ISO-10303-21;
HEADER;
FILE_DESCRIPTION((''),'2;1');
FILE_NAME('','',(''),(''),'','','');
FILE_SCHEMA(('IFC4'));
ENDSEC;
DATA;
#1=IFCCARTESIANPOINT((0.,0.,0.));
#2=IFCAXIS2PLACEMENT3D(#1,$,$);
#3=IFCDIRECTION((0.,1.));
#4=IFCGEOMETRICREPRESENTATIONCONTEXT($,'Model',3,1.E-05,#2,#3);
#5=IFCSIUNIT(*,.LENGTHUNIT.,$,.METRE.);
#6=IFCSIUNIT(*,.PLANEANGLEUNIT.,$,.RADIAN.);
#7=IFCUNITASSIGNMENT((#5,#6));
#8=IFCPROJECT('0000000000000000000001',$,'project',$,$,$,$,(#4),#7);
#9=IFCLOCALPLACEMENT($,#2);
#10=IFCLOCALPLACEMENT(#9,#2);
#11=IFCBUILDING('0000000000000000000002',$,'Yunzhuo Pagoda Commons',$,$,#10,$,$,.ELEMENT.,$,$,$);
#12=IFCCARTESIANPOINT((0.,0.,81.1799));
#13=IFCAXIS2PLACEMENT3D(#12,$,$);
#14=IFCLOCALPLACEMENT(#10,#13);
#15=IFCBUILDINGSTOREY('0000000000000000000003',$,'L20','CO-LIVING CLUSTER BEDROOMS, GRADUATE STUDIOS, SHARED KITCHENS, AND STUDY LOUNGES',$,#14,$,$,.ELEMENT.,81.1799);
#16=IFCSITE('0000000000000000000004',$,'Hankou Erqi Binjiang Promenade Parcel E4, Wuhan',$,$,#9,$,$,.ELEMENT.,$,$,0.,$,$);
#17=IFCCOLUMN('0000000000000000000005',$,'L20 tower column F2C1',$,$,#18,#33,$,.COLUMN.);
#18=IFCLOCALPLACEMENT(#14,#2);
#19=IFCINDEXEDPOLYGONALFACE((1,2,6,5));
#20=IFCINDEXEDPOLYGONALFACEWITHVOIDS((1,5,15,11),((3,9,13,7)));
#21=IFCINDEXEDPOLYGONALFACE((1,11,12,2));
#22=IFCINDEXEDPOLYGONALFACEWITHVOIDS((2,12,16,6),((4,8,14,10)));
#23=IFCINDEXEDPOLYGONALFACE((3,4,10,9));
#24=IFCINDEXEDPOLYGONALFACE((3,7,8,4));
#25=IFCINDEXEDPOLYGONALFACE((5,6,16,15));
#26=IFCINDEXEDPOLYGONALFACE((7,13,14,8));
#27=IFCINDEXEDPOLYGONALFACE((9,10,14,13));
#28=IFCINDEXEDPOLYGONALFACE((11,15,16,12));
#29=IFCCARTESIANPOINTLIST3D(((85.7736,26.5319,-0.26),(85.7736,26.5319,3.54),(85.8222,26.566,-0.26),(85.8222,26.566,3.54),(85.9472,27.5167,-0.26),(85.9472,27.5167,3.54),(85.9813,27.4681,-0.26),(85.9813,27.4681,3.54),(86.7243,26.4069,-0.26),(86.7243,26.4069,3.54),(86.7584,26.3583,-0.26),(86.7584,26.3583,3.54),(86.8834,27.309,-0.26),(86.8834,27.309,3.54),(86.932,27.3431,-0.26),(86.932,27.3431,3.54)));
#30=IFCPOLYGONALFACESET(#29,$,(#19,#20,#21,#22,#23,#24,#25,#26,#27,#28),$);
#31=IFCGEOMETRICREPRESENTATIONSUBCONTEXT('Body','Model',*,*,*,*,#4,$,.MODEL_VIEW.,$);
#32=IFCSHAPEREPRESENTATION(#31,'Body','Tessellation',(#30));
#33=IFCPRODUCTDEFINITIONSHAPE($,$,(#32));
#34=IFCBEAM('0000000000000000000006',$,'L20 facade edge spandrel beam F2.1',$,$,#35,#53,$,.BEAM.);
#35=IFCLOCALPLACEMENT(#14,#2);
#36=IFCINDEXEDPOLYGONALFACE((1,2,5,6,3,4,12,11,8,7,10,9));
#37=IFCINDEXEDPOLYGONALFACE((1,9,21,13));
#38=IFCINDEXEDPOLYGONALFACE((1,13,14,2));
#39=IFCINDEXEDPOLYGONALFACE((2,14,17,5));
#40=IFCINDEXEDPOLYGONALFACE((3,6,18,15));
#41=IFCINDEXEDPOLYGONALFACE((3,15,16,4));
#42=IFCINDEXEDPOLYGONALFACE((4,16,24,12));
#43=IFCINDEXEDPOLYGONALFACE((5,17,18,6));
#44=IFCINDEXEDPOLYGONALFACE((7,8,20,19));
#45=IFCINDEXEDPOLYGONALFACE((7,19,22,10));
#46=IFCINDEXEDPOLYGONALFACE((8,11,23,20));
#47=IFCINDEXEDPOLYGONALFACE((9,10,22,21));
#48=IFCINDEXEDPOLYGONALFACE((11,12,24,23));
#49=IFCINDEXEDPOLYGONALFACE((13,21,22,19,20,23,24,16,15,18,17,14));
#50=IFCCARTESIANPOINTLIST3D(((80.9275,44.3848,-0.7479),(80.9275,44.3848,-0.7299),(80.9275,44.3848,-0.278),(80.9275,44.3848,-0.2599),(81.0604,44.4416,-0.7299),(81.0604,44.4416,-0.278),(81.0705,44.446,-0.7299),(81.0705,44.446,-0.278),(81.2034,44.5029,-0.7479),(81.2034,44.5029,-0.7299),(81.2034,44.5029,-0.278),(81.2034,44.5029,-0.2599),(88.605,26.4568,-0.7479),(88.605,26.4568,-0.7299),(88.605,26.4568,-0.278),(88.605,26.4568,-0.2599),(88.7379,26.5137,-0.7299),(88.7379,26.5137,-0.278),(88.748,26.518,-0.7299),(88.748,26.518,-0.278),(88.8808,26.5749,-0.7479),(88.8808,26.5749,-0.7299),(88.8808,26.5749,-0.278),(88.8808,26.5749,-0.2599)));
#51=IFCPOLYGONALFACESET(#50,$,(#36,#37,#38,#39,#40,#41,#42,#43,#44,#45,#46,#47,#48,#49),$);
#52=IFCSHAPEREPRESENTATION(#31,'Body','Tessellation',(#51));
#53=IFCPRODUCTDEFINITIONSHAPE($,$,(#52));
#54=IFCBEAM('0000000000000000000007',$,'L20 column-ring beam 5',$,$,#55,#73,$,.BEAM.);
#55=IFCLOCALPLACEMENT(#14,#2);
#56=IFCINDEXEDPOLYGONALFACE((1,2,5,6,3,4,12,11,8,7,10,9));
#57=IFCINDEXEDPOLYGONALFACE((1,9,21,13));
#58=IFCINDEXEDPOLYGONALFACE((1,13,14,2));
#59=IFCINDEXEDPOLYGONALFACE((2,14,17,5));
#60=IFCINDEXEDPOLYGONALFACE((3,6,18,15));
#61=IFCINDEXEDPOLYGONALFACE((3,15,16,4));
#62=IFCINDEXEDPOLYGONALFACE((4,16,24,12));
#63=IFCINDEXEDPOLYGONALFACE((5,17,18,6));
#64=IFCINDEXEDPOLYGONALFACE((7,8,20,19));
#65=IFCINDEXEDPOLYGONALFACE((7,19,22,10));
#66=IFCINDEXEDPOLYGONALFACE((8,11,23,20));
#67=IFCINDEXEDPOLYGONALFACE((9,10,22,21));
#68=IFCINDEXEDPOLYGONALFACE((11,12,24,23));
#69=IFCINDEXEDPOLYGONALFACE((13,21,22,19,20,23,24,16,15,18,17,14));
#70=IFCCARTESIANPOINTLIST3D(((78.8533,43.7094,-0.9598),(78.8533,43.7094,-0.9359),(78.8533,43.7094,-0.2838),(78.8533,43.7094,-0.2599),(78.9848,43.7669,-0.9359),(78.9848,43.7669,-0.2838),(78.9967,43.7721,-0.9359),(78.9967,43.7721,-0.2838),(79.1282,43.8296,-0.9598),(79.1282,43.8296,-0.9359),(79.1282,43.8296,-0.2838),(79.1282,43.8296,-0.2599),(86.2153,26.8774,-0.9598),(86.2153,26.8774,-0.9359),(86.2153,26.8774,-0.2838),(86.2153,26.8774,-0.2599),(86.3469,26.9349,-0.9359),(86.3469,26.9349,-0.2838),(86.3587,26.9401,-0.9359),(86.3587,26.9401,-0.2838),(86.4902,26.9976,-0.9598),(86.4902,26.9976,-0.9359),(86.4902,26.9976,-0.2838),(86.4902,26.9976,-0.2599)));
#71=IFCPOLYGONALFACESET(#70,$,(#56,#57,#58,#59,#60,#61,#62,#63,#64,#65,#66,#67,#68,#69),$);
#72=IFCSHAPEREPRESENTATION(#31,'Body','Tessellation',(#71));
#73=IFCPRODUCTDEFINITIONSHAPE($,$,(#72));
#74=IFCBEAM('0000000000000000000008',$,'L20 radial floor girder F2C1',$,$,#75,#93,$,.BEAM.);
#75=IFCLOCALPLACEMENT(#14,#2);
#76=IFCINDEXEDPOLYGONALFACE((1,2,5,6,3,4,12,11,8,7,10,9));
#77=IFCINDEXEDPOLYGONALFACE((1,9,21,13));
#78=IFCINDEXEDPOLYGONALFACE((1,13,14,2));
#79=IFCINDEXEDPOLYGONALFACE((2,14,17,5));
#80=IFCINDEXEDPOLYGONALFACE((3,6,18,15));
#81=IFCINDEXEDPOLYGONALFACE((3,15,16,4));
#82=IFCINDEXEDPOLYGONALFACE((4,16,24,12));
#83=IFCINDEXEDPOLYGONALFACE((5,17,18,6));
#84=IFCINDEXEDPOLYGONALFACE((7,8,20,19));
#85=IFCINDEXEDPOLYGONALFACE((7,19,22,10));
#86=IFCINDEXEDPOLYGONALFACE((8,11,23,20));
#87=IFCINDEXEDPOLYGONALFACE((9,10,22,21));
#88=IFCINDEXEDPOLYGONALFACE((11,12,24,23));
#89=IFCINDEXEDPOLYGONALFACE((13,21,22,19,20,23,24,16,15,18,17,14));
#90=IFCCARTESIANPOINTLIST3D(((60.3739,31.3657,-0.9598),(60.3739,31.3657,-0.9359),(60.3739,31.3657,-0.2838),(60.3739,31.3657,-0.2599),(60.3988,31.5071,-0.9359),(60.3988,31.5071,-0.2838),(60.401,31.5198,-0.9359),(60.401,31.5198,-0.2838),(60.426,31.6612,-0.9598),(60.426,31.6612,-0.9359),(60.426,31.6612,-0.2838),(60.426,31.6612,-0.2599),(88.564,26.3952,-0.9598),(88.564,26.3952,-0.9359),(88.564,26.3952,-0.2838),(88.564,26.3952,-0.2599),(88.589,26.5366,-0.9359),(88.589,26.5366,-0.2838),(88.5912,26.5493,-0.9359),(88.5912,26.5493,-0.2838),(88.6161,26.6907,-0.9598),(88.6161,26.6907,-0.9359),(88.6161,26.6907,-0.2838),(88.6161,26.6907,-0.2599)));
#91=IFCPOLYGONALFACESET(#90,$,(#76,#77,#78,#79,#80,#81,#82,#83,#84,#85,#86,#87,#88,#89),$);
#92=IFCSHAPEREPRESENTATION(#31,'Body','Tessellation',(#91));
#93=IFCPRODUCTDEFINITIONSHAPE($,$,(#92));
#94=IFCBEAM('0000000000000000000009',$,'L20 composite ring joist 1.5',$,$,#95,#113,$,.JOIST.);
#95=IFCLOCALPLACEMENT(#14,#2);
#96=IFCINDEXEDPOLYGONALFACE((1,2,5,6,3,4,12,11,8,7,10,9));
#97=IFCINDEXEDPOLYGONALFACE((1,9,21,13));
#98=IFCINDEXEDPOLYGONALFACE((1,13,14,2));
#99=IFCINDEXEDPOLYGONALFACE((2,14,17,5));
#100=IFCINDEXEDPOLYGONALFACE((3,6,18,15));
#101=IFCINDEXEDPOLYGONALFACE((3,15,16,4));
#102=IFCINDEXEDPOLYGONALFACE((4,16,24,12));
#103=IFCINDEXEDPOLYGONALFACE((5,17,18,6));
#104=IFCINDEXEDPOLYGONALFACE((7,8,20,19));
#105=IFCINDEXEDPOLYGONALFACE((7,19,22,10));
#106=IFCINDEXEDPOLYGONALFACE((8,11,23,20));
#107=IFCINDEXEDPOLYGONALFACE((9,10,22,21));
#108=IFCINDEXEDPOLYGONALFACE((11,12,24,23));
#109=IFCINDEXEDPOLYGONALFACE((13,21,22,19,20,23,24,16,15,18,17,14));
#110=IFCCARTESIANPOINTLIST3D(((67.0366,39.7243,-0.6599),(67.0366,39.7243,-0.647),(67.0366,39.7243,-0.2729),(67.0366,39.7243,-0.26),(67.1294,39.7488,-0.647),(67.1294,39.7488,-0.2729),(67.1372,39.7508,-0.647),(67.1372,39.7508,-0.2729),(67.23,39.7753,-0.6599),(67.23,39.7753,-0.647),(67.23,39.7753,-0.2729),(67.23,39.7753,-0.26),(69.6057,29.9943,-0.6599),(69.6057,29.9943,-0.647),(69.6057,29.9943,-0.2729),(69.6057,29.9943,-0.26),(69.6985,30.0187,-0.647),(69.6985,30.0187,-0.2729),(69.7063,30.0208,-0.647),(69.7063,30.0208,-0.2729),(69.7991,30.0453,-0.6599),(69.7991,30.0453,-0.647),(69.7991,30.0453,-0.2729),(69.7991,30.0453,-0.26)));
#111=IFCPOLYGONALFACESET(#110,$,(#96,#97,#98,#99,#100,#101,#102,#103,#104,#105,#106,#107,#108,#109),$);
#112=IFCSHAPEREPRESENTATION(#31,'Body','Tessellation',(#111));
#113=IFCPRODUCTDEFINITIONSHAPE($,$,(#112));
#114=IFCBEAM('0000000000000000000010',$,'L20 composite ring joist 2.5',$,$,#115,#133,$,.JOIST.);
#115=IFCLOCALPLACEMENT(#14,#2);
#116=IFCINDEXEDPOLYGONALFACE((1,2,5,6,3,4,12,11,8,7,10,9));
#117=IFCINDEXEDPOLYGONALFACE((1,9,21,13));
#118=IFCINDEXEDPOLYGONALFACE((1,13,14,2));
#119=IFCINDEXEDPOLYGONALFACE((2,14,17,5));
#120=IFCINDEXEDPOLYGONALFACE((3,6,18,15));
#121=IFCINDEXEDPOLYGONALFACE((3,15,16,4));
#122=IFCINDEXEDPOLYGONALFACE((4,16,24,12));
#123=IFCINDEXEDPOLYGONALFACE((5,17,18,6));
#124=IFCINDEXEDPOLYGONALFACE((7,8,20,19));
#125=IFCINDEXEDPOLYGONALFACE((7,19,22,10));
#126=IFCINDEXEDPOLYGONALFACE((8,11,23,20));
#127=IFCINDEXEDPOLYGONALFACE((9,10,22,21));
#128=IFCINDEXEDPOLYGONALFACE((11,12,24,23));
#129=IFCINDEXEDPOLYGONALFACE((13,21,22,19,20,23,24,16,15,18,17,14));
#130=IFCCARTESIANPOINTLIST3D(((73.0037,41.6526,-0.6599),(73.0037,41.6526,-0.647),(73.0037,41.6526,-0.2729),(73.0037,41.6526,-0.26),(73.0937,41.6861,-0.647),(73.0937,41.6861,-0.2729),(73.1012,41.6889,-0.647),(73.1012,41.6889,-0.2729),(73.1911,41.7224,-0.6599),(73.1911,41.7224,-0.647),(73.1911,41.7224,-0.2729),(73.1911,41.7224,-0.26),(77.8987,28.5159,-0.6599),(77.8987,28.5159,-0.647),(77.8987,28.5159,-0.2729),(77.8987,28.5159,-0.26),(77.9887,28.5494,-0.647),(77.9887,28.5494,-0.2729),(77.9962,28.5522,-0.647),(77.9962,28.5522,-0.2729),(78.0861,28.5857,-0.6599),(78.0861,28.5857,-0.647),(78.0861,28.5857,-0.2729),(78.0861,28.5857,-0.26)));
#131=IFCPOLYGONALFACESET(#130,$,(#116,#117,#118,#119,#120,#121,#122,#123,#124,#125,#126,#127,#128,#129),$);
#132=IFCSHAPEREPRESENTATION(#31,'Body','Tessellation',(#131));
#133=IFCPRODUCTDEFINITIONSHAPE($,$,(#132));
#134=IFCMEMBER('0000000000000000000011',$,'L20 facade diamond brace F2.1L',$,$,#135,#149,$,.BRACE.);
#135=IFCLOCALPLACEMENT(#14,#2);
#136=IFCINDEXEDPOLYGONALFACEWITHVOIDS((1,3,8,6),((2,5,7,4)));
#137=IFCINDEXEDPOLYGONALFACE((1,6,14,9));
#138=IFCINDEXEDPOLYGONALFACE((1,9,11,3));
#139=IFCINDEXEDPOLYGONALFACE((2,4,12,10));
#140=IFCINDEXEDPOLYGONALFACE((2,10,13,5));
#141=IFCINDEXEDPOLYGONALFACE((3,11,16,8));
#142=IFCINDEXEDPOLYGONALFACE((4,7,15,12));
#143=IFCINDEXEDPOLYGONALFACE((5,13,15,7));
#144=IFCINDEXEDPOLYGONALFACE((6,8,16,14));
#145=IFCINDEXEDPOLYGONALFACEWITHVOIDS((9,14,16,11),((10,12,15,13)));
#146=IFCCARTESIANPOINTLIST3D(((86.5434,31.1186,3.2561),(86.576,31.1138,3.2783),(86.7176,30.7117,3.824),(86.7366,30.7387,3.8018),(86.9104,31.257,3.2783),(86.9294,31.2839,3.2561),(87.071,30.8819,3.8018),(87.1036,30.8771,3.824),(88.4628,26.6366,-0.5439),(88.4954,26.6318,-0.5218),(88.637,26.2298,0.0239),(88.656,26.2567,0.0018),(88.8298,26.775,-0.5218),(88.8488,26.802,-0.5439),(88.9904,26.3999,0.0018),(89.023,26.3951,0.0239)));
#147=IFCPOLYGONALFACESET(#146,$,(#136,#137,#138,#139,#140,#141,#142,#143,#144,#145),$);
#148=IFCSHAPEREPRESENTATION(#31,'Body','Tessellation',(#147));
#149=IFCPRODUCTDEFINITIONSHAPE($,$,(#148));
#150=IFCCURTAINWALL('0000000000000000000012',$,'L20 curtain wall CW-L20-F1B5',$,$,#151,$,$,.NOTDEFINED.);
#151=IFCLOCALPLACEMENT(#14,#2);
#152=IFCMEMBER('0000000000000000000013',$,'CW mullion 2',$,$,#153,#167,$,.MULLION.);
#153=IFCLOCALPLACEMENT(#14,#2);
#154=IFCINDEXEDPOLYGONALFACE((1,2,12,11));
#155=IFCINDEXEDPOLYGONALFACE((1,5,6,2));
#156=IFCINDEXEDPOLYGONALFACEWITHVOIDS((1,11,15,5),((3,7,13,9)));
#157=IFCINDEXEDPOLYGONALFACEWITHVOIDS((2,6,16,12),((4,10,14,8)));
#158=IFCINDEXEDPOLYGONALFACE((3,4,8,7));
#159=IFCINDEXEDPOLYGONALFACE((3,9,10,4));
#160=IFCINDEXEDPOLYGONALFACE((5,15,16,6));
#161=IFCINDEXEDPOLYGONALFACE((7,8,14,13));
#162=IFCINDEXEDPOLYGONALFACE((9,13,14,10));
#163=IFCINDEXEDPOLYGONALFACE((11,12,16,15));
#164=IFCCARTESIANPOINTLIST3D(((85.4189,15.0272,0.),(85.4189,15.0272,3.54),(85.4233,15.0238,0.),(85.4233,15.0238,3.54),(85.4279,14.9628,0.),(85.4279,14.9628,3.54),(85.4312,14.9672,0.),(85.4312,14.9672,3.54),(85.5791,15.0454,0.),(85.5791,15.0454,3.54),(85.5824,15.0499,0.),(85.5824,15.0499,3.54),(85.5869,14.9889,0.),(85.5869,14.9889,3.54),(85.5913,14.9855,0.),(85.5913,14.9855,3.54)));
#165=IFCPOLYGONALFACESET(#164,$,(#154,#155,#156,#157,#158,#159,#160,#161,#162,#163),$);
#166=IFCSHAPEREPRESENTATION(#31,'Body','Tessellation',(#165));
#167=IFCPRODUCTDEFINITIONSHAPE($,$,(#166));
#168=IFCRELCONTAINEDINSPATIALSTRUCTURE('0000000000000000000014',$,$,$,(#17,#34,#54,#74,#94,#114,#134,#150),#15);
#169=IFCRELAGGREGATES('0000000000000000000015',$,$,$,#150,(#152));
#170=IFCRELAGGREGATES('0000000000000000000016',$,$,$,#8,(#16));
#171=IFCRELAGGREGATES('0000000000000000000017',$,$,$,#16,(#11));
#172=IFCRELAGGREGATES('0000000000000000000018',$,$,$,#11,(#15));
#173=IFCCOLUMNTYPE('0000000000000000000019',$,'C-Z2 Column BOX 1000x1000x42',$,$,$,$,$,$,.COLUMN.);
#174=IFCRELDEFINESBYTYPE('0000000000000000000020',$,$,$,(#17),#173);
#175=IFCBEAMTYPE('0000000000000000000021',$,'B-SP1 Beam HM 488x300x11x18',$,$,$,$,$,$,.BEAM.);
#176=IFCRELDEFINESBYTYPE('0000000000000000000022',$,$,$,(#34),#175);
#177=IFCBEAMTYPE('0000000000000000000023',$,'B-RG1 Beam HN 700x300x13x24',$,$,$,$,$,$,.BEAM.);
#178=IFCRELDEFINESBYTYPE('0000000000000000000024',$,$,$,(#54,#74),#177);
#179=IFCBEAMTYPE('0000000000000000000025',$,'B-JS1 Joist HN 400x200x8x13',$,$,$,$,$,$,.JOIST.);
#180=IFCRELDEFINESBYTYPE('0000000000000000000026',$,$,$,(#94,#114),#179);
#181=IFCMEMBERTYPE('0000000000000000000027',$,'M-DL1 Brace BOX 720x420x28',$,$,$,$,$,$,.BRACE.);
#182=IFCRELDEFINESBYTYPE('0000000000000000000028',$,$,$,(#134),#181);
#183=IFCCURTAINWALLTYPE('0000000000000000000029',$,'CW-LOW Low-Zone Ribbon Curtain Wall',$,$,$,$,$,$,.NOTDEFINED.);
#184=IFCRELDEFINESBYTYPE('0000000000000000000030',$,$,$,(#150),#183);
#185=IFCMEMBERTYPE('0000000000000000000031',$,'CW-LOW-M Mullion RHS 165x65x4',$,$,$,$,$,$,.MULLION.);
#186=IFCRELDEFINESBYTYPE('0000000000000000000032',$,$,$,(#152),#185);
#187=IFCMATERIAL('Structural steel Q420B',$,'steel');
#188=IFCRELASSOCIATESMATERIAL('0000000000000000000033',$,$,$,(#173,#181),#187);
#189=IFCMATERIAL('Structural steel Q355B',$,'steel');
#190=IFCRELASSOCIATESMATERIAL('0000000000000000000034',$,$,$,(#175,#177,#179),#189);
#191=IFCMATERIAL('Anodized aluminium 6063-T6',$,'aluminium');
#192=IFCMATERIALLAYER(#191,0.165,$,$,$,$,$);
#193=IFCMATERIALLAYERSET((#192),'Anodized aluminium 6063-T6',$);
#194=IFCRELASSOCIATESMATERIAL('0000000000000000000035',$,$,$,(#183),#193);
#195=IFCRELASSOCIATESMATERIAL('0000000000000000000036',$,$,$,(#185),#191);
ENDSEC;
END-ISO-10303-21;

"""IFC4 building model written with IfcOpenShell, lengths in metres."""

from ifc_helpers import new_model, si_unit, direction, frame, origin, origin_2d, place, context, subcontext, project, spatial, hollow_rectangle, i_section, extrude, source, transform, mapped, material, layer, layer_set, material_profile, profile_set, type_object, element, aggregate, save


model = new_model("IFC4")

# Units and contexts
model_context = context("Model", 3, precision=1e-05, world=origin(), true_north=direction((0.0, 1.0)))
body_context = subcontext(model_context, "Body", "Model", "MODEL_VIEW")
ifc_project = project(units=[si_unit("LENGTHUNIT", "METRE"), si_unit("PLANEANGLEUNIT", "RADIAN")], contexts=[model_context])

# Site, building, storey
site_placement = place(None, origin())
site = spatial("IfcSite", under=ifc_project, at=site_placement, Name="Hankou Erqi Binjiang Promenade Parcel E4, Wuhan", CompositionType="ELEMENT", RefElevation=0.0)
building_placement = place(site_placement, origin())
building = spatial("IfcBuilding", under=site, at=building_placement, Name="Yunzhuo Pagoda Commons", CompositionType="ELEMENT")
storey_placement = place(building_placement, frame((0.0, 0.0, 81.1799)))
storey = spatial("IfcBuildingStorey", under=building, at=storey_placement, Name="L20", Description="CO-LIVING CLUSTER BEDROOMS, GRADUATE STUDIOS, SHARED KITCHENS, AND STUDY LOUNGES", CompositionType="ELEMENT", Elevation=81.1799)

# Column
ifc_material_1 = material(Name="Structural steel Q420B", Category="steel")
ifc_material_profile_1 = material_profile(ifc_material_1, hollow_rectangle(XDim=1.0, YDim=1.0, WallThickness=0.042, at=origin_2d()), Name="Structural steel Q420B")
ifc_profile_set_1 = profile_set([ifc_material_profile_1], Name="Structural steel Q420B")
column_type = type_object("IfcColumnType", Name="C-Z2 Column BOX 1000x1000x42", PredefinedType="COLUMN", material=ifc_profile_set_1)
shared_shape_1 = source(origin(), body_context, "Body", "SweptSolid", [
    extrude(hollow_rectangle(XDim=1.0, YDim=1.0, WallThickness=0.042, at=origin_2d()), origin(), (0.0, 0.0, 1.0), 3.8),
])
column_placement = place(storey_placement, frame((86.3528, 26.9375, -0.26), z_axis=(0.0, 0.0, 1.0), x_axis=(0.173648, 0.984808, 0.0)))
element("IfcColumn", 1, at=column_placement, inside=storey, type_object=column_type, Name="L20 tower column F2C1", PredefinedType="COLUMN", context=body_context, shape_type="MappedRepresentation", body=[
    mapped(shared_shape_1, transform((0.0, 0.0, 0.0), scale=1.0)),
])

# Beams
ifc_material_2 = material(Name="Structural steel Q355B", Category="steel")
ifc_material_profile_2 = material_profile(ifc_material_2, i_section(OverallWidth=0.3, OverallDepth=0.488, WebThickness=0.011, FlangeThickness=0.0181, at=origin_2d()), Name="Structural steel Q355B")
ifc_profile_set_2 = profile_set([ifc_material_profile_2], Name="Structural steel Q355B")
beam_type_1 = type_object("IfcBeamType", Name="B-SP1 Beam HM 488x300x11x18", PredefinedType="BEAM", material=ifc_profile_set_2)
shared_shape_2 = source(origin(), body_context, "Body", "SweptSolid", [
    extrude(i_section(OverallWidth=0.3, OverallDepth=0.488, WebThickness=0.011, FlangeThickness=0.0181, at=origin_2d()), origin(), (0.0, 0.0, 1.0), 19.5027),
])
beam_1_placement = place(storey_placement, frame((88.7429, 26.5159, -0.5039), z_axis=(-0.393662, 0.919255, 0.0), x_axis=(-0.919255, -0.393662, 0.0)))
element("IfcBeam", 2, at=beam_1_placement, inside=storey, type_object=beam_type_1, Name="L20 facade edge spandrel beam F2.1", PredefinedType="BEAM", context=body_context, shape_type="MappedRepresentation", body=[
    mapped(shared_shape_2, transform((0.0, 0.0, 0.0), scale=1.0)),
])
ifc_material_profile_3 = material_profile(ifc_material_2, i_section(OverallWidth=0.3, OverallDepth=0.7, WebThickness=0.0129, FlangeThickness=0.0239, at=origin_2d()), Name="Structural steel Q355B")
ifc_profile_set_3 = profile_set([ifc_material_profile_3], Name="Structural steel Q355B")
beam_type_2 = type_object("IfcBeamType", Name="B-RG1 Beam HN 700x300x13x24", PredefinedType="BEAM", material=ifc_profile_set_3)
shared_shape_3 = source(origin(), body_context, "Body", "SweptSolid", [
    extrude(i_section(OverallWidth=0.3, OverallDepth=0.7, WebThickness=0.0129, FlangeThickness=0.0239, at=origin_2d()), origin(), (0.0, 0.0, 1.0), 18.3716),
])
beam_2_placement = place(storey_placement, frame((86.3528, 26.9375, -0.6099), z_axis=(-0.40073, 0.916196, 0.0), x_axis=(-0.916196, -0.40073, 0.0)))
element("IfcBeam", 3, at=beam_2_placement, inside=storey, type_object=beam_type_2, Name="L20 column-ring beam 5", PredefinedType="BEAM", context=body_context, shape_type="MappedRepresentation", body=[
    mapped(shared_shape_3, transform((0.0, 0.0, 0.0), scale=1.0)),
])
shared_shape_4 = source(origin(), body_context, "Body", "SweptSolid", [
    extrude(i_section(OverallWidth=0.3, OverallDepth=0.7, WebThickness=0.0129, FlangeThickness=0.0239, at=origin_2d()), origin(), (0.0, 0.0, 1.0), 28.625),
])
beam_3_placement = place(storey_placement, frame((88.5901, 26.543, -0.6099), z_axis=(-0.984809, 0.17364, 0.0), x_axis=(-0.17364, -0.984809, 0.0)))
element("IfcBeam", 4, at=beam_3_placement, inside=storey, type_object=beam_type_2, Name="L20 radial floor girder F2C1", PredefinedType="BEAM", context=body_context, shape_type="MappedRepresentation", body=[
    mapped(shared_shape_4, transform((0.0, 0.0, 0.0), scale=1.0)),
])
ifc_material_profile_4 = material_profile(ifc_material_2, i_section(OverallWidth=0.2, OverallDepth=0.3999, WebThickness=0.0081, FlangeThickness=0.0129, at=origin_2d()), Name="Structural steel Q355B")
ifc_profile_set_4 = profile_set([ifc_material_profile_4], Name="Structural steel Q355B")
beam_type_3 = type_object("IfcBeamType", Name="B-JS1 Joist HN 400x200x8x13", PredefinedType="JOIST", material=ifc_profile_set_4)
shared_shape_5 = source(origin(), body_context, "Body", "SweptSolid", [
    extrude(i_section(OverallWidth=0.2, OverallDepth=0.3999, WebThickness=0.0081, FlangeThickness=0.0129, at=origin_2d()), origin(), (0.0, 0.0, 1.0), 10.0635),
])
beam_4_placement = place(storey_placement, frame((69.7024, 30.0198, -0.46), z_axis=(-0.25529, 0.966865, 0.0), x_axis=(-0.966865, -0.25529, 0.0)))
element("IfcBeam", 5, at=beam_4_placement, inside=storey, type_object=beam_type_3, Name="L20 composite ring joist 1.5", PredefinedType="JOIST", context=body_context, shape_type="MappedRepresentation", body=[
    mapped(shared_shape_5, transform((0.0, 0.0, 0.0), scale=1.0)),
])
shared_shape_6 = source(origin(), body_context, "Body", "SweptSolid", [
    extrude(i_section(OverallWidth=0.2, OverallDepth=0.3999, WebThickness=0.0081, FlangeThickness=0.0129, at=origin_2d()), origin(), (0.0, 0.0, 1.0), 14.019),
])
beam_5_placement = place(storey_placement, frame((77.9924, 28.5508, -0.46), z_axis=(-0.349168, 0.93706, 0.0), x_axis=(-0.93706, -0.349168, 0.0)))
element("IfcBeam", 6, at=beam_5_placement, inside=storey, type_object=beam_type_3, Name="L20 composite ring joist 2.5", PredefinedType="JOIST", context=body_context, shape_type="MappedRepresentation", body=[
    mapped(shared_shape_6, transform((0.0, 0.0, 0.0), scale=1.0)),
])

# Member
ifc_material_profile_5 = material_profile(ifc_material_1, hollow_rectangle(XDim=0.4199, YDim=0.72, WallThickness=0.0281, at=origin_2d()), Name="Structural steel Q420B")
ifc_profile_set_5 = profile_set([ifc_material_profile_5], Name="Structural steel Q420B")
member_type_1 = type_object("IfcMemberType", Name="M-DL1 Brace BOX 720x420x28", PredefinedType="BRACE", material=ifc_profile_set_5)
shared_shape_7 = source(origin(), body_context, "Body", "SweptSolid", [
    extrude(hollow_rectangle(XDim=0.4199, YDim=0.72, WallThickness=0.0281, at=origin_2d()), origin(), (0.0, 0.0, 1.0), 6.1816),
])
member_1_placement = place(storey_placement, frame((88.7429, 26.5159, -0.26), z_axis=(-0.310507, 0.725043, 0.614734), x_axis=(-0.919249, -0.393678, 0.0)))
element("IfcMember", 7, at=member_1_placement, inside=storey, type_object=member_type_1, Name="L20 facade diamond brace F2.1L", PredefinedType="BRACE", context=body_context, shape_type="MappedRepresentation", body=[
    mapped(shared_shape_7, transform((0.0, 0.0, 0.0), scale=1.0)),
])

# Curtain wall, member
ifc_material_3 = material(Name="Anodized aluminium 6063-T6", Category="aluminium")
ifc_layer_1 = layer(ifc_material_3, 0.165)
ifc_layer_set_1 = layer_set([ifc_layer_1], Name="Anodized aluminium 6063-T6")
curtain_wall_type = type_object("IfcCurtainWallType", Name="CW-LOW Low-Zone Ribbon Curtain Wall", PredefinedType="NOTDEFINED", material=ifc_layer_set_1)
curtain_wall_1_placement = place(storey_placement, origin())
curtain_wall_1 = element("IfcCurtainWall", 8, at=curtain_wall_1_placement, inside=storey, type_object=curtain_wall_type, Name="L20 curtain wall CW-L20-F1B5", PredefinedType="NOTDEFINED")
ifc_material_profile_6 = material_profile(ifc_material_3, hollow_rectangle(XDim=0.0649, YDim=0.165, WallThickness=0.0039, at=origin_2d()), Name="Anodized aluminium 6063-T6")
ifc_profile_set_6 = profile_set([ifc_material_profile_6], Name="Anodized aluminium 6063-T6")
member_type_2 = type_object("IfcMemberType", Name="CW-LOW-M Mullion RHS 165x65x4", PredefinedType="MULLION", material=ifc_profile_set_6)
shared_shape_8 = source(origin(), body_context, "Body", "SweptSolid", [
    extrude(hollow_rectangle(XDim=0.0649, YDim=0.165, WallThickness=0.0039, at=origin_2d()), origin(), (0.0, 0.0, 1.0), 3.54),
])
member_2_placement = place(storey_placement, frame((85.5051, 15.0063, 0.0), z_axis=(0.0, 0.0, 1.0), x_axis=(-0.137496, 0.990502, 0.0)))
member_2 = element("IfcMember", 9, at=member_2_placement, type_object=member_type_2, Name="CW mullion 2", PredefinedType="MULLION", context=body_context, shape_type="MappedRepresentation", body=[
    mapped(shared_shape_8, transform((0.0, 0.0, 0.0), scale=1.0)),
])

aggregate(curtain_wall_1, [member_2])

save(model, "model.ifc")
